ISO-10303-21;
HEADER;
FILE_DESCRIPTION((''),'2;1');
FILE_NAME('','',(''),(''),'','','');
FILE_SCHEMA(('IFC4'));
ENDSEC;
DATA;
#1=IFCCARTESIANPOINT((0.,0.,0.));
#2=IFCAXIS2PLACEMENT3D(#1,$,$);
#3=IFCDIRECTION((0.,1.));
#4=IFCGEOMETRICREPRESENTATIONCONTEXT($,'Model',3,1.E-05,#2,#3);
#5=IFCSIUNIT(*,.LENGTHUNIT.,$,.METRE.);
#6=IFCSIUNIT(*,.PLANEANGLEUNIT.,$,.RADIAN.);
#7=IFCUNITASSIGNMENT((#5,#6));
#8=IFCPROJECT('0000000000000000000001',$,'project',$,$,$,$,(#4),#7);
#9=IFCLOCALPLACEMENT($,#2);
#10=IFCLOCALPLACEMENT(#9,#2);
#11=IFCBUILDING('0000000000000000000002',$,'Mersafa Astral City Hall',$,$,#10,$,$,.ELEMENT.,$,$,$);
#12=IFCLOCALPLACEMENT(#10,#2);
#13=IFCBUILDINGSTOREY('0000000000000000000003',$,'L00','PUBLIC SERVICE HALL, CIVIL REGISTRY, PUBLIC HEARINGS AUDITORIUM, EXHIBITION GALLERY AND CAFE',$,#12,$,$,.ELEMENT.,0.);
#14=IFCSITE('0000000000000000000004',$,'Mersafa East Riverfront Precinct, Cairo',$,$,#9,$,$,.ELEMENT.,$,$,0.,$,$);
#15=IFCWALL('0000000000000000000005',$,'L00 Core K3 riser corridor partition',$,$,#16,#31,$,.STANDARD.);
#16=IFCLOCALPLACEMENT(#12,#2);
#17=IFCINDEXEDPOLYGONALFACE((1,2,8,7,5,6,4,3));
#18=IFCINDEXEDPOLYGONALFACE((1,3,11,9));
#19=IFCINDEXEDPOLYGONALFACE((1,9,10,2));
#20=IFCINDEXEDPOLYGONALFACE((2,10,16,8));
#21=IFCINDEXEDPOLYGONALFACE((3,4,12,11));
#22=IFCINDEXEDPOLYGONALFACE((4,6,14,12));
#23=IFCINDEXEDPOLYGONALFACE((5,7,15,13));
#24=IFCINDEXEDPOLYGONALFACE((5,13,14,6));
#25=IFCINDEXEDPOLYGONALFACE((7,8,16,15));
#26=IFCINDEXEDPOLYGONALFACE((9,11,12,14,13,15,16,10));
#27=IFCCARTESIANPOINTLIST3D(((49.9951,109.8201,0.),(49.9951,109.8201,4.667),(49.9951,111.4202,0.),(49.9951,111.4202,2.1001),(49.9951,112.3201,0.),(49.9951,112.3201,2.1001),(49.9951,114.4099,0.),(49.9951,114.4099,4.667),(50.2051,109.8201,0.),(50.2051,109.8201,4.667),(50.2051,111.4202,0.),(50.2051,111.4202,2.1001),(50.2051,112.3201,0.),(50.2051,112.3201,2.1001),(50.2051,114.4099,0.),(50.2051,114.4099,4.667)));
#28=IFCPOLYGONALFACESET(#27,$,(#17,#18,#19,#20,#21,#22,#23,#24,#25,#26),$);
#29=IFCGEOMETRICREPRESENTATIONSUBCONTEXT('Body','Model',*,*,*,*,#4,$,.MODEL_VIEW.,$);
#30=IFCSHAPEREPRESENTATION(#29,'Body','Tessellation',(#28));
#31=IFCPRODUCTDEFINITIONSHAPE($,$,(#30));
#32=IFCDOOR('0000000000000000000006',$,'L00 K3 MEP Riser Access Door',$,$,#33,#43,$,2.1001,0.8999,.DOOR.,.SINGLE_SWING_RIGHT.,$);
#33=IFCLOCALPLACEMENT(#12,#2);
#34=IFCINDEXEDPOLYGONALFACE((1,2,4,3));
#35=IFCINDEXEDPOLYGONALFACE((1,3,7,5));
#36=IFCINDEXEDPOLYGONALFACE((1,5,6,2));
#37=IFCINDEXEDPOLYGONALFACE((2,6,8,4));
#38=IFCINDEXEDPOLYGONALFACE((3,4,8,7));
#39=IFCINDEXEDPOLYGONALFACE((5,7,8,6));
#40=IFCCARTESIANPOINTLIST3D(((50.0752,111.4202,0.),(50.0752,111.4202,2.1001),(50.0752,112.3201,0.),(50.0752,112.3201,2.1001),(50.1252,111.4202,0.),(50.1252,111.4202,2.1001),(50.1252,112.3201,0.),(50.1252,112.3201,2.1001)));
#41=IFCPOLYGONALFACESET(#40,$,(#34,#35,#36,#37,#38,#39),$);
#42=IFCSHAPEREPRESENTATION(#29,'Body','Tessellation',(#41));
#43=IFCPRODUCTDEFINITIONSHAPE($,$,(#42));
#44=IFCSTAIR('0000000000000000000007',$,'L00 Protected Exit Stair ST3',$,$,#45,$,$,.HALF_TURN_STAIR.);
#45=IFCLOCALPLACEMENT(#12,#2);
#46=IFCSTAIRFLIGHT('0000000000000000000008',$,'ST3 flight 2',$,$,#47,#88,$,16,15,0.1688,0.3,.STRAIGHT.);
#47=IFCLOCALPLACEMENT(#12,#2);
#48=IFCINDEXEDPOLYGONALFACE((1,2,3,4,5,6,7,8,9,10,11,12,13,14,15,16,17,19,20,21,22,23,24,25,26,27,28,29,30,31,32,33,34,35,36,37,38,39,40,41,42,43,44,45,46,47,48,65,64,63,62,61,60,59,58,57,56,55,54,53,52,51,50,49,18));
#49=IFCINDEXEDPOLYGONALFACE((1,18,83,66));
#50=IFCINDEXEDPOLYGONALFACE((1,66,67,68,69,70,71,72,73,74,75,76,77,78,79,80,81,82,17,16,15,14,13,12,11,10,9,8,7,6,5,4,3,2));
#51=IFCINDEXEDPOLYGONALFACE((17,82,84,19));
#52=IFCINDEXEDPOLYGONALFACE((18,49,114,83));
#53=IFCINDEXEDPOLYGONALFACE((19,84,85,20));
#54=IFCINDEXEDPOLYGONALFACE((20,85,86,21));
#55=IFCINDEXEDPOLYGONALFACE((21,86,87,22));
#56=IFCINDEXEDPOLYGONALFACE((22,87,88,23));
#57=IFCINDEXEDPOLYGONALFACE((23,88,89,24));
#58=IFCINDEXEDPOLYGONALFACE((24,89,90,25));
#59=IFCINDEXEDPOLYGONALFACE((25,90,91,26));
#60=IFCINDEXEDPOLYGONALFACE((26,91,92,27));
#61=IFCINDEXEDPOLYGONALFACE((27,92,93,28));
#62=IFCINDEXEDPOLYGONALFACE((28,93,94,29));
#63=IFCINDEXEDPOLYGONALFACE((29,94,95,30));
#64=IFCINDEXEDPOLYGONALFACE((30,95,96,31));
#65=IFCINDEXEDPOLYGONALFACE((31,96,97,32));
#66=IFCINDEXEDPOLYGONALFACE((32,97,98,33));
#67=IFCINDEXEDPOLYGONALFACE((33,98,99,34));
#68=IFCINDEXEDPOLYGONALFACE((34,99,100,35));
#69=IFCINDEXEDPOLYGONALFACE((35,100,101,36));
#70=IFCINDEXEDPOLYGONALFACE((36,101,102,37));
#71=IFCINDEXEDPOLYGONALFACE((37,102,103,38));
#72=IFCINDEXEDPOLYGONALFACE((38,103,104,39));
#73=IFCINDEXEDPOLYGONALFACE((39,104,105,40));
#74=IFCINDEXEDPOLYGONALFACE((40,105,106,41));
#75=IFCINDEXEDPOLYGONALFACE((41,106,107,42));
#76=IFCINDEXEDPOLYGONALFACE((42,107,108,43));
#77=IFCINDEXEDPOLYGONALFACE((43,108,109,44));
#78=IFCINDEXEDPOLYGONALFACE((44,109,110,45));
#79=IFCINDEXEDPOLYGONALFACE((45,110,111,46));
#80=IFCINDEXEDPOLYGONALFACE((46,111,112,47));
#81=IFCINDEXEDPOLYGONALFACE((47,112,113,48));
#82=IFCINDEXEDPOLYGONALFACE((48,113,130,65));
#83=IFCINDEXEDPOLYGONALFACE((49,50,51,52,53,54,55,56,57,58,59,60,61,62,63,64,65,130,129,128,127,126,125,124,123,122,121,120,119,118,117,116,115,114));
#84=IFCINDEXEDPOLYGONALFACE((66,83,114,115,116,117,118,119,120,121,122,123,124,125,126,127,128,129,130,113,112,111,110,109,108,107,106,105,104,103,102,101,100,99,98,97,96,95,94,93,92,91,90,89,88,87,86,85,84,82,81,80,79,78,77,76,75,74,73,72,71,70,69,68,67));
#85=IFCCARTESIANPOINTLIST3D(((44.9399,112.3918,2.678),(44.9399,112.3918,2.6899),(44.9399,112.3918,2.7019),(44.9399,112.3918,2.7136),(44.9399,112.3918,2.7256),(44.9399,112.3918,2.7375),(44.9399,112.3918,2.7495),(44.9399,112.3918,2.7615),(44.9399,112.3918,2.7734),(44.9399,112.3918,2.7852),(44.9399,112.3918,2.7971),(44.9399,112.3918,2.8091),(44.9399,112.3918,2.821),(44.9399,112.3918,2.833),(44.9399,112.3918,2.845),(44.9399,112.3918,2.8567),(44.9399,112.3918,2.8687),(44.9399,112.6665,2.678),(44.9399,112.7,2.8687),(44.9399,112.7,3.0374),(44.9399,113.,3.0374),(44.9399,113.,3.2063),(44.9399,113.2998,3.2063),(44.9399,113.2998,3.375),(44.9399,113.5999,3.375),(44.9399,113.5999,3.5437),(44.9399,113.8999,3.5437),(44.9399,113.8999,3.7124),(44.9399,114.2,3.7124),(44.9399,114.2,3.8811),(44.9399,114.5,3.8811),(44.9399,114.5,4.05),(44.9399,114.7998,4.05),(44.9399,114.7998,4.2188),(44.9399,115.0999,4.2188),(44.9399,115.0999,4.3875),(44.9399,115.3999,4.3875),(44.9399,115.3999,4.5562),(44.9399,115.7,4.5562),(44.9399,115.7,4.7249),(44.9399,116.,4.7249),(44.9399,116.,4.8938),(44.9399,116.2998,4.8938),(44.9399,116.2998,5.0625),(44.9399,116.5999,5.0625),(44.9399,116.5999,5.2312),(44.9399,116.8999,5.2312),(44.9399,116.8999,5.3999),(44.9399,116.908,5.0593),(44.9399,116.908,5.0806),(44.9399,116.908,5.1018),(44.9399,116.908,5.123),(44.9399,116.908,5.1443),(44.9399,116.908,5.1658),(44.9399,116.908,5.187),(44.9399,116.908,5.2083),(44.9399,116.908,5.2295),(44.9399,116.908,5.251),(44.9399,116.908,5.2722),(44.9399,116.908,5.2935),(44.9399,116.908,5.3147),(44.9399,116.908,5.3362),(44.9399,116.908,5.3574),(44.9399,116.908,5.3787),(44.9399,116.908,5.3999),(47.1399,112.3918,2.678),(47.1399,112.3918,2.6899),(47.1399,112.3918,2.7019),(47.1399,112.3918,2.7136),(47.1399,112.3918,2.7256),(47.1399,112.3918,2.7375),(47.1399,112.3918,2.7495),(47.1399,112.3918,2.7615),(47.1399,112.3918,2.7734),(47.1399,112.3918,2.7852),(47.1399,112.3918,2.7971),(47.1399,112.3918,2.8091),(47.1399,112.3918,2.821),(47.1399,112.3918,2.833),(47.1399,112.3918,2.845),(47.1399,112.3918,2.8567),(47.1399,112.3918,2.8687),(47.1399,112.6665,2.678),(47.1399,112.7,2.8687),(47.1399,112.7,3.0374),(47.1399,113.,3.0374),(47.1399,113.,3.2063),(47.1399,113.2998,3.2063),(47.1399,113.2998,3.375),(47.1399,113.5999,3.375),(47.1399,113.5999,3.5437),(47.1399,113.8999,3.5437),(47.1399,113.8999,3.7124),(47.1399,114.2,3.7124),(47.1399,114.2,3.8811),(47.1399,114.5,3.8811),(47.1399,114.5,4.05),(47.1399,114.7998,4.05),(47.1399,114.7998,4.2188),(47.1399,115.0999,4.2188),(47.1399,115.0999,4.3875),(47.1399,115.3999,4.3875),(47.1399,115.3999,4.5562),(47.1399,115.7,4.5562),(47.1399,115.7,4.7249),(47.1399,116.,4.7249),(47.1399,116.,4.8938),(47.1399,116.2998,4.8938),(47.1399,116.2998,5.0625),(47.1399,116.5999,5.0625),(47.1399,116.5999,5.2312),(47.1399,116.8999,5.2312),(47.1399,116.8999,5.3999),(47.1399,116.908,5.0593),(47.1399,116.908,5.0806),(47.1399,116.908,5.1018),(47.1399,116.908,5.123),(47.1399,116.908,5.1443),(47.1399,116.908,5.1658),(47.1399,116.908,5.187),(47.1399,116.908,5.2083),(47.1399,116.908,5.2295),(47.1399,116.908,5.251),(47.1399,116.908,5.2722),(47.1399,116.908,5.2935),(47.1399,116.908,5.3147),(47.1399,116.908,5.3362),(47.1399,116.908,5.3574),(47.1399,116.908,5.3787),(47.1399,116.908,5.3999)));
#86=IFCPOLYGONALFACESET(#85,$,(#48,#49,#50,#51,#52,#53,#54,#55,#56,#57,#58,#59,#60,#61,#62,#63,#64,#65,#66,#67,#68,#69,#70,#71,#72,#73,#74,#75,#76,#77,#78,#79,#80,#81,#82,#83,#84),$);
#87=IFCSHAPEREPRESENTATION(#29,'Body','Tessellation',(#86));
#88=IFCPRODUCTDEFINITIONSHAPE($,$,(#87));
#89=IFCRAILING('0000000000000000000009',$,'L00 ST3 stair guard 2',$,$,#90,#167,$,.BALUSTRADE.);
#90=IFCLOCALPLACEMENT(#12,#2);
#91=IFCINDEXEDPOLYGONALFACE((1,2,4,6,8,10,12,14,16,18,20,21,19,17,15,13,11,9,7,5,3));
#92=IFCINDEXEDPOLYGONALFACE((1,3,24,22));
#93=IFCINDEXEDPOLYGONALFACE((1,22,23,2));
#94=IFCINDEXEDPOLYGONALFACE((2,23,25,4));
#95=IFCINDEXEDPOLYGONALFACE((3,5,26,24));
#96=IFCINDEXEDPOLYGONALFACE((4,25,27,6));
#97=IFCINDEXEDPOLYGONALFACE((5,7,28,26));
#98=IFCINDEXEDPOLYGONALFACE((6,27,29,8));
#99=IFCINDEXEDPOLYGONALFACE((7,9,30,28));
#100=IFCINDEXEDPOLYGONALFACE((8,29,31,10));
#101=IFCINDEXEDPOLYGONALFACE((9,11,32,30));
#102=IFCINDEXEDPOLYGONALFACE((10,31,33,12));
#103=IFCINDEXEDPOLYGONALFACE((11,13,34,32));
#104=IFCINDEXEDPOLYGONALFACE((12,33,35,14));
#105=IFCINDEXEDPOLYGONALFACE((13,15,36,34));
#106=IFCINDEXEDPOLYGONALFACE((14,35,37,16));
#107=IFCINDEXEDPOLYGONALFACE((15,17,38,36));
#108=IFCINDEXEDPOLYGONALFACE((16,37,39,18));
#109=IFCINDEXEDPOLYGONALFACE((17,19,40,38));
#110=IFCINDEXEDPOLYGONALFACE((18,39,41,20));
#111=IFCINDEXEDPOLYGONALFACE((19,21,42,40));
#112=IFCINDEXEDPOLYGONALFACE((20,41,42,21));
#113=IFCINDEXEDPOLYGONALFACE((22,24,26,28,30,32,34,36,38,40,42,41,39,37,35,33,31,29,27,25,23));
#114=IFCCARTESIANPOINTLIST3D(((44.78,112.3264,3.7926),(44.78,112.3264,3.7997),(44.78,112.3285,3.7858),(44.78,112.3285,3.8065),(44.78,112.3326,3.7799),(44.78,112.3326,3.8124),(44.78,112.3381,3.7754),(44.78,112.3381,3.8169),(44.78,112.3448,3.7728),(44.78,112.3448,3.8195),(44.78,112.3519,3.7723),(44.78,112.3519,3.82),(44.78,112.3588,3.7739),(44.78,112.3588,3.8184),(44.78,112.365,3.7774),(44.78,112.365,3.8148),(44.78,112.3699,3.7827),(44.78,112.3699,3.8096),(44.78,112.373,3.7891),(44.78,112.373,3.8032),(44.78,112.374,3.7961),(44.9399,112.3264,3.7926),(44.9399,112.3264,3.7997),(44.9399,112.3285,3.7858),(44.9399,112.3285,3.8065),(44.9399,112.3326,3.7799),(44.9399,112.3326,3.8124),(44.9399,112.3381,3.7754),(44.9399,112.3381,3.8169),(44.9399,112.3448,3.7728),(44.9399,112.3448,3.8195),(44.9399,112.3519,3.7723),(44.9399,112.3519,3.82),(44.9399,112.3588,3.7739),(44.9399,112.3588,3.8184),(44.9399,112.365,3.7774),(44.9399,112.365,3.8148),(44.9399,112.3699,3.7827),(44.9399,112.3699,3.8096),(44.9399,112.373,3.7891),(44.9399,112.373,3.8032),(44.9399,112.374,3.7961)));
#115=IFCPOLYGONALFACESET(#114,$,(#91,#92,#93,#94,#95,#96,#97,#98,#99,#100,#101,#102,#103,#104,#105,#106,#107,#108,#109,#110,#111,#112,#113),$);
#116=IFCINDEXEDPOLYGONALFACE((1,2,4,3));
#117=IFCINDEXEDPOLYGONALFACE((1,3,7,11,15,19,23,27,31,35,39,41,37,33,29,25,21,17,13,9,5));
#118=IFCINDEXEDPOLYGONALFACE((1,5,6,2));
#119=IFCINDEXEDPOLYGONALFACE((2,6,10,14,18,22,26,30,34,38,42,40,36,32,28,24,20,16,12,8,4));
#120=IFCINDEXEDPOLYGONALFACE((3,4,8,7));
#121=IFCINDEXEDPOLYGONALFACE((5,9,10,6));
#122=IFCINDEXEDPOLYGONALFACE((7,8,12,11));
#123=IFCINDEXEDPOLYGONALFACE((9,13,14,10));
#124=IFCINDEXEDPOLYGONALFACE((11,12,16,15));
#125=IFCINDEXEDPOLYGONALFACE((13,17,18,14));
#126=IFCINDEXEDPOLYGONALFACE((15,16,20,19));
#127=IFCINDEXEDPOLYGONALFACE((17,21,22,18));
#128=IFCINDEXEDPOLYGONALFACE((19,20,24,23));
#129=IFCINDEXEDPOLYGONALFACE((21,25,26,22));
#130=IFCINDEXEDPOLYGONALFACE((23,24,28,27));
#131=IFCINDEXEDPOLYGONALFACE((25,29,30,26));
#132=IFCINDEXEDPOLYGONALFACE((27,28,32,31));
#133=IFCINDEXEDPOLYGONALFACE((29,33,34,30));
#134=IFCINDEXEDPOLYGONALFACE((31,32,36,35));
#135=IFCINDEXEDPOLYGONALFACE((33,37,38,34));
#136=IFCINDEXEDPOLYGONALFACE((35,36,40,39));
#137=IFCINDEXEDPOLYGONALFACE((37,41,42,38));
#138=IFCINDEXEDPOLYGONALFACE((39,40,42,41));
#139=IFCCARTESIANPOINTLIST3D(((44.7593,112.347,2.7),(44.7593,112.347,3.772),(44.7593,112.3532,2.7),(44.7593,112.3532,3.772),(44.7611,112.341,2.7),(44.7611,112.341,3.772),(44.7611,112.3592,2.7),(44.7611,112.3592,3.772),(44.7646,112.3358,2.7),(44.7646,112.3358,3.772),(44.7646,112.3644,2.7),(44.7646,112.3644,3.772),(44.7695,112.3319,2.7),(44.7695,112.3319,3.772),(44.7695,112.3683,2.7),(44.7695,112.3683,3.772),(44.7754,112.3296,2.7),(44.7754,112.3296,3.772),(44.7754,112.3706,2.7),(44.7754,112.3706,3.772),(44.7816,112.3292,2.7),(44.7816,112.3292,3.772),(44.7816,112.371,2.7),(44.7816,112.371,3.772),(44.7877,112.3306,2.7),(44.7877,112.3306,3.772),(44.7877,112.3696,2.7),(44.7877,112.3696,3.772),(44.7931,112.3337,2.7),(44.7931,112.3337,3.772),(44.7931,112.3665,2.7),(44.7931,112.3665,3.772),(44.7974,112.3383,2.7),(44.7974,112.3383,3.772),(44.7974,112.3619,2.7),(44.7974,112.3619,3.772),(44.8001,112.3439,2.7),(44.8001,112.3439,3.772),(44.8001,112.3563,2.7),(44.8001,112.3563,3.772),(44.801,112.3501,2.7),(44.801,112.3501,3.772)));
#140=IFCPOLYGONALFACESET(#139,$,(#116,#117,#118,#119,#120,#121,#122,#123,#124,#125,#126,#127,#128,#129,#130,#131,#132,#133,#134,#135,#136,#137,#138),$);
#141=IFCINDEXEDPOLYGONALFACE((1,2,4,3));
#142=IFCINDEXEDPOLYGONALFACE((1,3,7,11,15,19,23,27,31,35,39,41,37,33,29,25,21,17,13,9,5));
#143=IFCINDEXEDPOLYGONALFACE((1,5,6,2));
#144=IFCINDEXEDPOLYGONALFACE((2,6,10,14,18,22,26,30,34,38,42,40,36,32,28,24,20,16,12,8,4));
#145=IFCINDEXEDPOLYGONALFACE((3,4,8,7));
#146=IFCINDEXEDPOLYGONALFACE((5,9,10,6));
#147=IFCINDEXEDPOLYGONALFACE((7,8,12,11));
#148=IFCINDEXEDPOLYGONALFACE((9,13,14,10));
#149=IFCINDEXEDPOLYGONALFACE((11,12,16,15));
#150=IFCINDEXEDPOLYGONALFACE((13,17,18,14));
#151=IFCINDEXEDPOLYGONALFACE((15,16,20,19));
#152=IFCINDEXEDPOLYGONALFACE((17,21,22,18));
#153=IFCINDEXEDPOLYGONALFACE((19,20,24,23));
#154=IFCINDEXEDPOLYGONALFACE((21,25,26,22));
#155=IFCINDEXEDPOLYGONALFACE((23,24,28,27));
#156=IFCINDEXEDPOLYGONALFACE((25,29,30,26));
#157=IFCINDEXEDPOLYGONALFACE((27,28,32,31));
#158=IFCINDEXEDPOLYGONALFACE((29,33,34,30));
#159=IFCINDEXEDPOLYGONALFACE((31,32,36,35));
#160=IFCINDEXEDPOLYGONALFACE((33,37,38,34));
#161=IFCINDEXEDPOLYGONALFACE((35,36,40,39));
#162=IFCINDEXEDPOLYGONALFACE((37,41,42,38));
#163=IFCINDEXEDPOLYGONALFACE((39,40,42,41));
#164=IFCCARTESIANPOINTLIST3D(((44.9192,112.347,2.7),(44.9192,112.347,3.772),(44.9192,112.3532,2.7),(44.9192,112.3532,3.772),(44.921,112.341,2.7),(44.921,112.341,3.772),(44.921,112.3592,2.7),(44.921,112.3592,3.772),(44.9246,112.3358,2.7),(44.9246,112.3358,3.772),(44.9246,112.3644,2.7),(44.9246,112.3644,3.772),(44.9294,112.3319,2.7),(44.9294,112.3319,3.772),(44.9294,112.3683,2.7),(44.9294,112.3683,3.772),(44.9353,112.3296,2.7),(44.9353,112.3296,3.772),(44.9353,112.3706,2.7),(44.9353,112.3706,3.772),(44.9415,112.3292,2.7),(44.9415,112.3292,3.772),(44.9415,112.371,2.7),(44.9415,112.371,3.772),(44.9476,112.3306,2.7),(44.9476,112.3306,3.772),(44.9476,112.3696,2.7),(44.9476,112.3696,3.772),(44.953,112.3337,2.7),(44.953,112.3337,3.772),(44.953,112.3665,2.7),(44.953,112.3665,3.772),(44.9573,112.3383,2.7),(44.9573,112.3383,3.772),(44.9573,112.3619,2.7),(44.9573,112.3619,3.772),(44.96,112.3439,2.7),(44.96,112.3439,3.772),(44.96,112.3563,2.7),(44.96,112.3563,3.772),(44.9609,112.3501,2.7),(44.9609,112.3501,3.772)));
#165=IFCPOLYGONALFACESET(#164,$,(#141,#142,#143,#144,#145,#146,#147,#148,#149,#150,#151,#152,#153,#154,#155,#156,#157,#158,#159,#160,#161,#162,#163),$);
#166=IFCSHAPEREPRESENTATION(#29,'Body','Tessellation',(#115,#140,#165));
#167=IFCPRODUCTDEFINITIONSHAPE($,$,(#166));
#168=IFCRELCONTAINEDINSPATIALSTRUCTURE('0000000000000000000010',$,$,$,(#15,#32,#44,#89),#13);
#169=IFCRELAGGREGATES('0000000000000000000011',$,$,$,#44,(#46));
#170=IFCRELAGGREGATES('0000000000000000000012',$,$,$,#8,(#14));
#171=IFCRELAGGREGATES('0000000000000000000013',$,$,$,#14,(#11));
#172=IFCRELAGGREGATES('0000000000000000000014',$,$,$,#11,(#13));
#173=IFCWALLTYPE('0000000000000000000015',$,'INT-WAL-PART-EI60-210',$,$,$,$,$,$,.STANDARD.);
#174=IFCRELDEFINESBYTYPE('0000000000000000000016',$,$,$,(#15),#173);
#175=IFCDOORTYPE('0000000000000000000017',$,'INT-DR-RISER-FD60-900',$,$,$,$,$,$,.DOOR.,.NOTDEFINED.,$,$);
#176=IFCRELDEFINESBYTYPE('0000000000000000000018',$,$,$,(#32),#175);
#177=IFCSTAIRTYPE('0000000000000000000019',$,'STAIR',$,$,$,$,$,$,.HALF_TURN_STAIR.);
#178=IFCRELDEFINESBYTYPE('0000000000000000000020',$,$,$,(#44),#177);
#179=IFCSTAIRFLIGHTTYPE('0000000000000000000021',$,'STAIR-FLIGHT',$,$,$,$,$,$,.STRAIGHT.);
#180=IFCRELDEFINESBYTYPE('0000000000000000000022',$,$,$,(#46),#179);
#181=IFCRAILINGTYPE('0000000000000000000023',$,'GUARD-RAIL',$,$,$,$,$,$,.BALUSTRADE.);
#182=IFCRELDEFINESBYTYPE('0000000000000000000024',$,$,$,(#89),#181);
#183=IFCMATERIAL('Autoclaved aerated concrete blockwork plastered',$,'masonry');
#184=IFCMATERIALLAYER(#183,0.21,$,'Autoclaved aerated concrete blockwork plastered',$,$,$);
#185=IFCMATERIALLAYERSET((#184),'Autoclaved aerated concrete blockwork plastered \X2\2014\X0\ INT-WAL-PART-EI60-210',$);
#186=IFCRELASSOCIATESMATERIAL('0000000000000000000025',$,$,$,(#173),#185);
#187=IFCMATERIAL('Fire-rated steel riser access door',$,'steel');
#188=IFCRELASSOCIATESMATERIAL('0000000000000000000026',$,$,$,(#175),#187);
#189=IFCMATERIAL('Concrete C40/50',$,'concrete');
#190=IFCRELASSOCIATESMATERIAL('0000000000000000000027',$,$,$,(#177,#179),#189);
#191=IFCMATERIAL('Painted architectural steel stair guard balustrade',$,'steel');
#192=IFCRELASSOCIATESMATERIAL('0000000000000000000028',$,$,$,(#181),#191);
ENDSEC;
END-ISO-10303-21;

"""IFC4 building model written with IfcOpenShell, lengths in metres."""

from ifc_helpers import new_model, si_unit, direction, frame, frame_2d, origin, origin_2d, place, context, subcontext, project, spatial, polyline, rectangle, circle, outline, extrude, material, layer, layer_set, type_object, element, fill, aggregate, save


model = new_model("IFC4")

# Units and contexts
model_context = context("Model", 3, precision=1e-05, world=origin(), true_north=direction((0.0, 1.0)))
body_context = subcontext(model_context, "Body", "Model", "MODEL_VIEW")
ifc_project = project(units=[si_unit("LENGTHUNIT", "METRE"), si_unit("PLANEANGLEUNIT", "RADIAN")], contexts=[model_context])

# Site, building, storey
site_placement = place(None, origin())
site = spatial("IfcSite", under=ifc_project, at=site_placement, Name="Mersafa East Riverfront Precinct, Cairo", CompositionType="ELEMENT", RefElevation=0.0)
building_placement = place(site_placement, origin())
building = spatial("IfcBuilding", under=site, at=building_placement, Name="Mersafa Astral City Hall", CompositionType="ELEMENT")
storey_placement = place(building_placement, origin())
storey = spatial("IfcBuildingStorey", under=building, at=storey_placement, Name="L00", Description="PUBLIC SERVICE HALL, CIVIL REGISTRY, PUBLIC HEARINGS AUDITORIUM, EXHIBITION GALLERY AND CAFE", CompositionType="ELEMENT", Elevation=0.0)

# Shared definitions
ifc_material_1 = material(Name="Concrete C40/50", Category="concrete")

# Wall, opening, door
ifc_material_2 = material(Name="Autoclaved aerated concrete blockwork plastered", Category="masonry")
ifc_layer_1 = layer(ifc_material_2, 0.21, Name="Autoclaved aerated concrete blockwork plastered")
ifc_layer_set_1 = layer_set([ifc_layer_1], Name="Autoclaved aerated concrete blockwork plastered — INT-WAL-PART-EI60-210")
wall_type_1 = type_object("IfcWallType", Name="INT-WAL-PART-EI60-210", PredefinedType="STANDARD", material=ifc_layer_set_1)
wall_1_placement = place(storey_placement, frame((50.1001, 109.8201, 0.0), z_axis=(0.0, 0.0, 1.0), x_axis=(0.0, 1.0, 0.0)))
wall_1 = element("IfcWall", 1, at=wall_1_placement, inside=storey, type_object=wall_type_1, Name="L00 Core K3 riser corridor partition", PredefinedType="STANDARD", context=body_context, shape_type="SweptSolid", body=[
    extrude(rectangle(XDim=4.5898, YDim=0.21, at=frame_2d((2.2949, 0.0))), origin(), (0.0, 0.0, 1.0), 4.667),
])
opening_placement = place(wall_1_placement, frame((1.6001, 0.0, 0.0)))
opening = element("IfcOpeningElement", 2, at=opening_placement, cuts=wall_1, PredefinedType="OPENING", context=body_context, shape_type="SweptSolid", body=[
    extrude(rectangle(XDim=0.8999, YDim=2.1001, at=frame_2d((0.45, 1.05))), frame((0.0, 0.115, 0.0), z_axis=(0.0, -1.0, 0.0), x_axis=(1.0, 0.0, 0.0)), (0.0, 0.0, 1.0), 0.23),
])
ifc_material_3 = material(Name="Fire-rated steel riser access door", Category="steel")
door_type = type_object("IfcDoorType", Name="INT-DR-RISER-FD60-900", OperationType="NOTDEFINED", PredefinedType="DOOR", material=ifc_material_3)
door_placement = place(opening_placement, origin())
door = element("IfcDoor", 3, at=door_placement, inside=storey, type_object=door_type, Name="L00 K3 MEP Riser Access Door", OperationType="SINGLE_SWING_RIGHT", OverallHeight=2.1001, OverallWidth=0.8999, PredefinedType="DOOR", context=body_context, shape_type="SweptSolid", body=[
    extrude(rectangle(XDim=0.8999, YDim=2.1001, at=frame_2d((0.45, 1.05))), frame((0.0, 0.0249, 0.0), z_axis=(0.0, -1.0, 0.0), x_axis=(1.0, 0.0, 0.0)), (0.0, 0.0, 1.0), 0.05),
])
fill(opening, door)

# Stair, stair flight
stair_type = type_object("IfcStairType", Name="STAIR", PredefinedType="HALF_TURN_STAIR", material=ifc_material_1)
stair_placement = place(storey_placement, origin())
stair = element("IfcStair", 4, at=stair_placement, inside=storey, type_object=stair_type, Name="L00 Protected Exit Stair ST3", PredefinedType="HALF_TURN_STAIR")
stair_flight_type = type_object("IfcStairFlightType", Name="STAIR-FLIGHT", PredefinedType="STRAIGHT", material=ifc_material_1)
stair_flight_placement = place(storey_placement, frame((46.04, 112.3999, 2.7), z_axis=(0.0, 0.0, 1.0), x_axis=(0.0, 1.0, 0.0)))
stair_flight = element("IfcStairFlight", 5, at=stair_flight_placement, type_object=stair_flight_type, Name="ST3 flight 2", NumberOfRisers=16, NumberOfTreads=15, PredefinedType="STRAIGHT", RiserHeight=0.1688, TreadLength=0.3, context=body_context, shape_type="SweptSolid", body=[
    extrude(outline(polyline([(-0.0081, -0.022), (-0.0081, -0.01), (-0.0081, 0.002), (-0.0081, 0.0137), (-0.0081, 0.0256), (-0.0081, 0.0376), (-0.0081, 0.0496), (-0.0081, 0.0615), (-0.0081, 0.0735), (-0.0081, 0.0852), (-0.0081, 0.0972), (-0.0081, 0.1091), (-0.0081, 0.1211), (-0.0081, 0.1331), (-0.0081, 0.145), (-0.0081, 0.1567), (-0.0081, 0.1687), (0.3, 0.1687), (0.3, 0.3374), (0.6001, 0.3374), (0.6001, 0.5063), (0.8999, 0.5063), (0.8999, 0.675), (1.2, 0.675), (1.2, 0.8438), (1.5, 0.8438), (1.5, 1.0125), (1.8, 1.0125), (1.8, 1.1812), (2.1001, 1.1812), (2.1001, 1.3501), (2.3999, 1.3501), (2.3999, 1.5188), (2.7, 1.5188), (2.7, 1.6875), (3.0, 1.6875), (3.0, 1.8562), (3.3, 1.8562), (3.3, 2.0249), (3.6001, 2.0249), (3.6001, 2.1938), (3.8999, 2.1938), (3.8999, 2.3625), (4.2, 2.3625), (4.2, 2.5312), (4.5, 2.5312), (4.5, 2.7), (4.5081, 2.7), (4.5081, 2.6787), (4.5081, 2.6575), (4.5081, 2.6362), (4.5081, 2.6147), (4.5081, 2.5935), (4.5081, 2.5723), (4.5081, 2.551), (4.5081, 2.5295), (4.5081, 2.5083), (4.5081, 2.4871), (4.5081, 2.4658), (4.5081, 2.4443), (4.5081, 2.4231), (4.5081, 2.4019), (4.5081, 2.3806), (4.5081, 2.3594), (0.2666, -0.022), (-0.0081, -0.022)])), frame((0.0, 1.1001, 0.0), z_axis=(0.0, -1.0, 0.0), x_axis=(1.0, 0.0, 0.0)), (0.0, 0.0, 1.0), 2.2),
])
aggregate(stair, [stair_flight])

# Railing
ifc_material_4 = material(Name="Painted architectural steel stair guard balustrade", Category="steel")
railing_type_1 = type_object("IfcRailingType", Name="GUARD-RAIL", PredefinedType="BALUSTRADE", material=ifc_material_4)
railing_1_placement = place(storey_placement, frame((44.78, 112.3501, 2.7)))
element("IfcRailing", 6, at=railing_1_placement, inside=storey, type_object=railing_type_1, Name="L00 ST3 stair guard 2", PredefinedType="BALUSTRADE", context=body_context, shape_type="SweptSolid", body=[
    extrude(circle(Radius=0.0239, at=origin_2d()), frame((0.0, 0.0, 1.0962), z_axis=(1.0, 0.0, 0.0), x_axis=(0.0, 1.0, 0.0)), (0.0, 0.0, 1.0), 0.1599),
    extrude(circle(Radius=0.021, at=origin_2d()), origin(), (0.0, 0.0, 1.0), 1.072),
    extrude(circle(Radius=0.021, at=origin_2d()), frame((0.1599, 0.0, 0.0)), (0.0, 0.0, 1.0), 1.072),
])

save(model, "model.ifc")
